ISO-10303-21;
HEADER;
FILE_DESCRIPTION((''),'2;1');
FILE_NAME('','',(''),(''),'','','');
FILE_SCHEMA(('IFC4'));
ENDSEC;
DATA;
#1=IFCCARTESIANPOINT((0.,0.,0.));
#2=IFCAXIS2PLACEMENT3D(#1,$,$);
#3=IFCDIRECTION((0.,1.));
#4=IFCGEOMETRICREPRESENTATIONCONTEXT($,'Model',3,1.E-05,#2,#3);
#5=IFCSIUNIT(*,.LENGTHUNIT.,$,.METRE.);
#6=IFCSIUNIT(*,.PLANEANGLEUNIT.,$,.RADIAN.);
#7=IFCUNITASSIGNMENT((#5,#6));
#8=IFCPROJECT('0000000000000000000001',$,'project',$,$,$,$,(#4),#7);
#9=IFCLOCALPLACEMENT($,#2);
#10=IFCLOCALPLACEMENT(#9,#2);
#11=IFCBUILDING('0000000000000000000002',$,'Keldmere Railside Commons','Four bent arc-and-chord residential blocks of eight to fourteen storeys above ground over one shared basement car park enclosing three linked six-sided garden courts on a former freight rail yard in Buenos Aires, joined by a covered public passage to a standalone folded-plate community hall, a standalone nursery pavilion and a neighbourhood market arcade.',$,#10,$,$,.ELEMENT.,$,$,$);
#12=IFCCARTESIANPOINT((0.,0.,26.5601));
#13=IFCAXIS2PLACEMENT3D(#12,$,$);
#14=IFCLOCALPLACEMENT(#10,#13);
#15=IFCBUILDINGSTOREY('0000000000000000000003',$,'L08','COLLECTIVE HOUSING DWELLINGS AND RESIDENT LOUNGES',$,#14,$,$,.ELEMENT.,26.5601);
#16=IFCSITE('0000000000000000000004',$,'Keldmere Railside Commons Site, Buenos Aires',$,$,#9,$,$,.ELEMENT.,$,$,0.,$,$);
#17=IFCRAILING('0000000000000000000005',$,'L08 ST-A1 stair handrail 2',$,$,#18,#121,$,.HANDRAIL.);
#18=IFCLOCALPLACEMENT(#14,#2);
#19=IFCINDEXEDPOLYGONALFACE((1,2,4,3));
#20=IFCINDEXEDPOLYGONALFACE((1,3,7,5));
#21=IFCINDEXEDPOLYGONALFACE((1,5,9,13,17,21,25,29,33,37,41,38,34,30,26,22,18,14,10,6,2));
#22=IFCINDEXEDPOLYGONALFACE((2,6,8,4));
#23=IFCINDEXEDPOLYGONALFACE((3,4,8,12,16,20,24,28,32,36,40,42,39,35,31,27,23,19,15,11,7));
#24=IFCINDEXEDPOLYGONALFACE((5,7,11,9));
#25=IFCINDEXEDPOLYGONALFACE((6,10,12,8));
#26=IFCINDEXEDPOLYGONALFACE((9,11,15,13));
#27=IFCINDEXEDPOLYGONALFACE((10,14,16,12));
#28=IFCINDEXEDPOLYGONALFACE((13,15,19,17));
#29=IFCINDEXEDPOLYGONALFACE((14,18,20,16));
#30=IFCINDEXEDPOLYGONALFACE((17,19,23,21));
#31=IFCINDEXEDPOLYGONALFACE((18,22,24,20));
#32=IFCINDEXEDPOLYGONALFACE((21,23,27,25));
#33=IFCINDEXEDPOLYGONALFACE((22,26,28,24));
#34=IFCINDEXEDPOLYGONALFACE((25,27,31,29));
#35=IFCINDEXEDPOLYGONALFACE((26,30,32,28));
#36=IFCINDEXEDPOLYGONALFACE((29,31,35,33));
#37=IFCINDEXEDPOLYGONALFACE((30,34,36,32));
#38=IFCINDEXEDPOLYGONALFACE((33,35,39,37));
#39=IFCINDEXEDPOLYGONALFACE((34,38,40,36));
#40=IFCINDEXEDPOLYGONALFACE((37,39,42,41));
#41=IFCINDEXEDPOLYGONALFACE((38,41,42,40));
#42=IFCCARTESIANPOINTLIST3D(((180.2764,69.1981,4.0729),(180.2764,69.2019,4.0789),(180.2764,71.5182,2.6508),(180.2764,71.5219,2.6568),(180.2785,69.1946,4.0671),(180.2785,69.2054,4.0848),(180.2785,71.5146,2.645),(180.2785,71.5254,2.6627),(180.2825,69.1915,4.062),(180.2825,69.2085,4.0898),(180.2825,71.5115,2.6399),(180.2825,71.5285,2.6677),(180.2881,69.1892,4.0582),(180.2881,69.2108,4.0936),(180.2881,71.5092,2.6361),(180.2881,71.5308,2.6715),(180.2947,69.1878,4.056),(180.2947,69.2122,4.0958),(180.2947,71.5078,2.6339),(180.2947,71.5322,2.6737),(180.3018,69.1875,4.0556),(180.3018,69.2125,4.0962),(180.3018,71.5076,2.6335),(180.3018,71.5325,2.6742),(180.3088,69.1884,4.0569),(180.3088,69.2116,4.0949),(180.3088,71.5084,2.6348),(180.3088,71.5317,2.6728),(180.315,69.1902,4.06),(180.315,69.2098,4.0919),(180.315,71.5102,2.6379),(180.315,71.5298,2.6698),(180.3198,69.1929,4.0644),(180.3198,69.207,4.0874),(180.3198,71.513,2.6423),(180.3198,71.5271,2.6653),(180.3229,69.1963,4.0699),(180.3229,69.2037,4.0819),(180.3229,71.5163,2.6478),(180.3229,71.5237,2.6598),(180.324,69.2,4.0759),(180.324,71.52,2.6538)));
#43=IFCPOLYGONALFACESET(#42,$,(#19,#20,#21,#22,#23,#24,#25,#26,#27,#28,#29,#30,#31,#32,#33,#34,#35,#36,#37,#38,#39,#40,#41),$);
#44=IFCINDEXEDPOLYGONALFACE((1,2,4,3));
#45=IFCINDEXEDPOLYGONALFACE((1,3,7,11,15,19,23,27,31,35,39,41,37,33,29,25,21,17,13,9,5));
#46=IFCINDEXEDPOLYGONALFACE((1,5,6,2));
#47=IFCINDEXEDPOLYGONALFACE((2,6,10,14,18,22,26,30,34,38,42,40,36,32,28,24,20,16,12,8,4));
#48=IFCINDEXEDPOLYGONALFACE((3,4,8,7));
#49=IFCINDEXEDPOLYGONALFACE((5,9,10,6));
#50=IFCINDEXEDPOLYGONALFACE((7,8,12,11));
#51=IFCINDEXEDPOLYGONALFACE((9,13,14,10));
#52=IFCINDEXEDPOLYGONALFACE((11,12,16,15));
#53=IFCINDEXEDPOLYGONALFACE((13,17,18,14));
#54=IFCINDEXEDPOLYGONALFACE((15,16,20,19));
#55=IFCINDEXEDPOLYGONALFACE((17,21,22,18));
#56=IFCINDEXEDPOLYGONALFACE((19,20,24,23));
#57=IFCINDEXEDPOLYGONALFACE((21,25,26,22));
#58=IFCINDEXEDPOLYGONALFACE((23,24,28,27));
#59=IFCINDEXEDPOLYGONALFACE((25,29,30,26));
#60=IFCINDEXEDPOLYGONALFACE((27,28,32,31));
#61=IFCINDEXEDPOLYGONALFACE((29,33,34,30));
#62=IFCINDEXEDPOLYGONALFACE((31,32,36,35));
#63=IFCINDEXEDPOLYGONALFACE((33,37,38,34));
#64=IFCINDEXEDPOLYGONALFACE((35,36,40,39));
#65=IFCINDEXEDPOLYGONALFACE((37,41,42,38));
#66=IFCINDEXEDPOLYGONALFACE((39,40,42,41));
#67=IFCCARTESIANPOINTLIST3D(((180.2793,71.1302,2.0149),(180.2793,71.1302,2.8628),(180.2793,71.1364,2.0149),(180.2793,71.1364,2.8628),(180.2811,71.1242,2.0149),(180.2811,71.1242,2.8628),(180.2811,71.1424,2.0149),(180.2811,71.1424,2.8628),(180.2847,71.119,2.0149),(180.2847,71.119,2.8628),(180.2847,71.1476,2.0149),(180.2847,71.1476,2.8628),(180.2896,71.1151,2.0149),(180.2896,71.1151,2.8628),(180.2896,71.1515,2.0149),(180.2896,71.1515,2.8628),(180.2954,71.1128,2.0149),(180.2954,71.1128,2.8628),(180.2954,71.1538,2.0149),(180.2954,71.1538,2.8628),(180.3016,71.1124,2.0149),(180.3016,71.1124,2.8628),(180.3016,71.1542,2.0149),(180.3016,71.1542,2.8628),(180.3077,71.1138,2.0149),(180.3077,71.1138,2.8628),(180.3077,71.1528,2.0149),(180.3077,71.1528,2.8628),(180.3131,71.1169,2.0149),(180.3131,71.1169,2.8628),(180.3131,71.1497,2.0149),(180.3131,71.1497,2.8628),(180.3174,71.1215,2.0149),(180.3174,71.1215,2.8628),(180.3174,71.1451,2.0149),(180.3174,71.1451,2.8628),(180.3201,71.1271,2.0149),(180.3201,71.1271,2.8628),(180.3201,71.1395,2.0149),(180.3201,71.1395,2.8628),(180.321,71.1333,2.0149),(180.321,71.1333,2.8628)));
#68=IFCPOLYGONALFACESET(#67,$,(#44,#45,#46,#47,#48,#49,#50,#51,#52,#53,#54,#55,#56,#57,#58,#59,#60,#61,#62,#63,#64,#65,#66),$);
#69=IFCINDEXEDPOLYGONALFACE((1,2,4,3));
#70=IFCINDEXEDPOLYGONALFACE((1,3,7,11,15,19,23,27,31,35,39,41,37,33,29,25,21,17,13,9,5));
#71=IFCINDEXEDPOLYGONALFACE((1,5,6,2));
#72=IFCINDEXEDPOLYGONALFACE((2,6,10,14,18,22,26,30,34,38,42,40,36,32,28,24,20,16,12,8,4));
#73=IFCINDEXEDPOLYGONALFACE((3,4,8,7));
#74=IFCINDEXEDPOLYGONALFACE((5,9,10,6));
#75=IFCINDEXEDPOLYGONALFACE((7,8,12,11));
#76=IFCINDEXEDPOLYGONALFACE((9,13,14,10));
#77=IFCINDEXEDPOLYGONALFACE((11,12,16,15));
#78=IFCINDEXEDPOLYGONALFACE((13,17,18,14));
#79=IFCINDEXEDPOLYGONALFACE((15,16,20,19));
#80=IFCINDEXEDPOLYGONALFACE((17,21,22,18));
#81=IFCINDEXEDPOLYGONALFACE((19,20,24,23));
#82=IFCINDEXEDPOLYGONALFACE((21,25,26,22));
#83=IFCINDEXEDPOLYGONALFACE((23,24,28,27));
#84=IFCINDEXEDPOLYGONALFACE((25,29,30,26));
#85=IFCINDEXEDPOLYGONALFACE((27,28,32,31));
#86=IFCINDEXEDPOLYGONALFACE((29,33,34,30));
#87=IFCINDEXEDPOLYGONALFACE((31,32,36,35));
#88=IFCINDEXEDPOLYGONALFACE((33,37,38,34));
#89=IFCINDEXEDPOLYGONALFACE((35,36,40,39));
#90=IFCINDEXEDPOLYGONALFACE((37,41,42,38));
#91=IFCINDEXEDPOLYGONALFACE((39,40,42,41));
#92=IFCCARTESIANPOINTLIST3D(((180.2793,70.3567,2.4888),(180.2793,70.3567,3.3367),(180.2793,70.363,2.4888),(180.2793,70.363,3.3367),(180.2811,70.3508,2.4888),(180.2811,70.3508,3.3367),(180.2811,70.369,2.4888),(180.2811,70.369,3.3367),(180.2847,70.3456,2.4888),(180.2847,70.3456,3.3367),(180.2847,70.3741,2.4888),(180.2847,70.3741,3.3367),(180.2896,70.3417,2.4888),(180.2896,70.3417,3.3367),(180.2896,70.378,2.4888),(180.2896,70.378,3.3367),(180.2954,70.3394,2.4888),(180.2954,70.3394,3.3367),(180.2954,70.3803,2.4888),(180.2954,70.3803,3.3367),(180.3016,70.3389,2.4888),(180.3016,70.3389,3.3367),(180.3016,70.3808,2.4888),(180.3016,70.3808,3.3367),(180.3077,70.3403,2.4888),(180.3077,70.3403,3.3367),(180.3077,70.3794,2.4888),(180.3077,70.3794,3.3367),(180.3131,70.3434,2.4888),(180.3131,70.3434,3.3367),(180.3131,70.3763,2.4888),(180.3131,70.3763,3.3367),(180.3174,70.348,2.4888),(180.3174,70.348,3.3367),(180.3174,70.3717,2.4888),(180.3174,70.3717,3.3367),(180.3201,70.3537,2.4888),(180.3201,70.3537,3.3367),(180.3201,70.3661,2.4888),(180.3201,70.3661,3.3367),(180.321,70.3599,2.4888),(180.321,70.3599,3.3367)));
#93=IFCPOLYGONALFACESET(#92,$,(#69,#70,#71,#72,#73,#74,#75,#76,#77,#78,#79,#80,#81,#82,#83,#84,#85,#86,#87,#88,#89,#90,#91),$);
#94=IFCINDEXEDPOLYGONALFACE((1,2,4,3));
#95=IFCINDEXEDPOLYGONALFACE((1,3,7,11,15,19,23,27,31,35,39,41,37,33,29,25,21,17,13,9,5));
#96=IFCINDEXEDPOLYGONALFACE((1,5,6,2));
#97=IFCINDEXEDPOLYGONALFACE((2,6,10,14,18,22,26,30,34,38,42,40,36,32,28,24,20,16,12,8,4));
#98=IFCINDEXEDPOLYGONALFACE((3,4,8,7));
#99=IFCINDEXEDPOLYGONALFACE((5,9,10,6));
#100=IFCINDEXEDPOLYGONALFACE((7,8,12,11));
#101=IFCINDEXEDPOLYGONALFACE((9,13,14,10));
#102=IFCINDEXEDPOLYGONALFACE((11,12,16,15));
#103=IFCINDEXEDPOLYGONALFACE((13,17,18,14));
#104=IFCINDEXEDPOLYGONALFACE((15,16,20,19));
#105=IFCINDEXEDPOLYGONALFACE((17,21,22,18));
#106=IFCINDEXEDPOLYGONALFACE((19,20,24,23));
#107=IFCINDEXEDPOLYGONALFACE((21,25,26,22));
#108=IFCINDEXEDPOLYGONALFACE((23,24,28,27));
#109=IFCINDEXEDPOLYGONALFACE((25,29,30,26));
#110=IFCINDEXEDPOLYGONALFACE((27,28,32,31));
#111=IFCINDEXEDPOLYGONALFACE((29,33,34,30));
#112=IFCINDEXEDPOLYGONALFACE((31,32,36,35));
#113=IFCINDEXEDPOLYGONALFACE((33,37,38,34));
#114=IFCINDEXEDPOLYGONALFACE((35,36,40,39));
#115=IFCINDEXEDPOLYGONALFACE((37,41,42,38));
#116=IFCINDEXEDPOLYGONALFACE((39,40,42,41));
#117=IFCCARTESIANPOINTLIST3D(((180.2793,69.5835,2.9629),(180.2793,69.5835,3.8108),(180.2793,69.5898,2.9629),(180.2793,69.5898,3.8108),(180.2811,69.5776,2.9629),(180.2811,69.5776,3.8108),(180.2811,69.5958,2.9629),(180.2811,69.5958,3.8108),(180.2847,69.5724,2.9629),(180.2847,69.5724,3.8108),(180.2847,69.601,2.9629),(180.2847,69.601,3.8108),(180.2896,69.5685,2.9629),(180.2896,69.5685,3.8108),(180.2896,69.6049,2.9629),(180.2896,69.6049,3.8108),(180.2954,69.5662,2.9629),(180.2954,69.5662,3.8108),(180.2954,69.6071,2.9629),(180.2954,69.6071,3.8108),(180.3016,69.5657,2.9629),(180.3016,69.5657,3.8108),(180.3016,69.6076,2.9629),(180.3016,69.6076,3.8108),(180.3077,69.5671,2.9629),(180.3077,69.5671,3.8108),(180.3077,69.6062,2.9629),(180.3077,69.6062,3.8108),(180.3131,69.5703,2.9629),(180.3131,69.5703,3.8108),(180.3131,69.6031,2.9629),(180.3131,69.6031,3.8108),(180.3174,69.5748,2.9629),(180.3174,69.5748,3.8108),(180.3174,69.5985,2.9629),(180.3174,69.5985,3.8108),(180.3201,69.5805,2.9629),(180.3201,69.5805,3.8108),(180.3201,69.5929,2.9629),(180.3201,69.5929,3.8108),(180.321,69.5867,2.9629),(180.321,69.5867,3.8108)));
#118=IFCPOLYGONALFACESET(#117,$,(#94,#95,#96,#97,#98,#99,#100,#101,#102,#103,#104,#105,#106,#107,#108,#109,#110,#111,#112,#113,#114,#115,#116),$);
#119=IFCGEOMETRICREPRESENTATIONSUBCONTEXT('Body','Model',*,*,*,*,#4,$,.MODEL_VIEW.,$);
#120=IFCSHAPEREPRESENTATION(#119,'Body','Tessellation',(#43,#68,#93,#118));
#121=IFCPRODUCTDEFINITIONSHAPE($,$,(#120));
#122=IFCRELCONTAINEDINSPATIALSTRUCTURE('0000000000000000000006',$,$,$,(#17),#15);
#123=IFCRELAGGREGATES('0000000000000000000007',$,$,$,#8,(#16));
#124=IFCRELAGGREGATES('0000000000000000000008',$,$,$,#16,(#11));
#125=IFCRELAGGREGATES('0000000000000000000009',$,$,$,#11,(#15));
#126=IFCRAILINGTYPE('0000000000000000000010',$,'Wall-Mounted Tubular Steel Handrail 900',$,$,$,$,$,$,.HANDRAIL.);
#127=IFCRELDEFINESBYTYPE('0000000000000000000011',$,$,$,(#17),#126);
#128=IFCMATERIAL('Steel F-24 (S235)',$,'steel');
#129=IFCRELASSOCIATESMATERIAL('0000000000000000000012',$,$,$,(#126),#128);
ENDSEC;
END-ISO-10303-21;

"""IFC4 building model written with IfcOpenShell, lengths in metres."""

from ifc_helpers import new_model, si_unit, direction, frame, origin, origin_2d, place, context, subcontext, project, spatial, circle, extrude, material, type_object, element, save


model = new_model("IFC4")

# Units and contexts
model_context = context("Model", 3, precision=1e-05, world=origin(), true_north=direction((0.0, 1.0)))
body_context = subcontext(model_context, "Body", "Model", "MODEL_VIEW")
ifc_project = project(units=[si_unit("LENGTHUNIT", "METRE"), si_unit("PLANEANGLEUNIT", "RADIAN")], contexts=[model_context])

# Site, building, storey
site_placement = place(None, origin())
site = spatial("IfcSite", under=ifc_project, at=site_placement, Name="Keldmere Railside Commons Site, Buenos Aires", CompositionType="ELEMENT", RefElevation=0.0)
building_placement = place(site_placement, origin())
building = spatial("IfcBuilding", under=site, at=building_placement, Name="Keldmere Railside Commons", Description="Four bent arc-and-chord residential blocks of eight to fourteen storeys above ground over one shared basement car park enclosing three linked six-sided garden courts on a former freight rail yard in Buenos Aires, joined by a covered public passage to a standalone folded-plate community hall, a standalone nursery pavilion and a neighbourhood market arcade.", CompositionType="ELEMENT")
storey_placement = place(building_placement, frame((0.0, 0.0, 26.5601)))
storey = spatial("IfcBuildingStorey", under=building, at=storey_placement, Name="L08", Description="COLLECTIVE HOUSING DWELLINGS AND RESIDENT LOUNGES", CompositionType="ELEMENT", Elevation=26.5601)

# Shared definitions
ifc_material_1 = material(Name="Steel F-24 (S235)", Category="steel")

# Railing
railing_type_1 = type_object("IfcRailingType", Name="Wall-Mounted Tubular Steel Handrail 900", PredefinedType="HANDRAIL", material=ifc_material_1)
railing_1_placement = place(storey_placement, frame((180.3, 71.52, 1.7778)))
element("IfcRailing", 1, at=railing_1_placement, inside=storey, type_object=railing_type_1, Name="L08 ST-A1 stair handrail 2", PredefinedType="HANDRAIL", context=body_context, shape_type="SweptSolid", body=[
    extrude(circle(Radius=0.0239, at=origin_2d()), frame((0.0, 0.0, 0.876), z_axis=(0.0, -0.852578, 0.5226), x_axis=(1.0, 0.0, 0.0)), (0.0, 0.0, 1.0), 2.7212),
    extrude(circle(Radius=0.021, at=origin_2d()), frame((0.0, -0.3867, 0.2371)), (0.0, 0.0, 1.0), 0.8479),
    extrude(circle(Radius=0.021, at=origin_2d()), frame((0.0, -1.1602, 0.7109)), (0.0, 0.0, 1.0), 0.8479),
    extrude(circle(Radius=0.021, at=origin_2d()), frame((0.0, -1.9333, 1.1851)), (0.0, 0.0, 1.0), 0.8479),
])

save(model, "model.ifc")
